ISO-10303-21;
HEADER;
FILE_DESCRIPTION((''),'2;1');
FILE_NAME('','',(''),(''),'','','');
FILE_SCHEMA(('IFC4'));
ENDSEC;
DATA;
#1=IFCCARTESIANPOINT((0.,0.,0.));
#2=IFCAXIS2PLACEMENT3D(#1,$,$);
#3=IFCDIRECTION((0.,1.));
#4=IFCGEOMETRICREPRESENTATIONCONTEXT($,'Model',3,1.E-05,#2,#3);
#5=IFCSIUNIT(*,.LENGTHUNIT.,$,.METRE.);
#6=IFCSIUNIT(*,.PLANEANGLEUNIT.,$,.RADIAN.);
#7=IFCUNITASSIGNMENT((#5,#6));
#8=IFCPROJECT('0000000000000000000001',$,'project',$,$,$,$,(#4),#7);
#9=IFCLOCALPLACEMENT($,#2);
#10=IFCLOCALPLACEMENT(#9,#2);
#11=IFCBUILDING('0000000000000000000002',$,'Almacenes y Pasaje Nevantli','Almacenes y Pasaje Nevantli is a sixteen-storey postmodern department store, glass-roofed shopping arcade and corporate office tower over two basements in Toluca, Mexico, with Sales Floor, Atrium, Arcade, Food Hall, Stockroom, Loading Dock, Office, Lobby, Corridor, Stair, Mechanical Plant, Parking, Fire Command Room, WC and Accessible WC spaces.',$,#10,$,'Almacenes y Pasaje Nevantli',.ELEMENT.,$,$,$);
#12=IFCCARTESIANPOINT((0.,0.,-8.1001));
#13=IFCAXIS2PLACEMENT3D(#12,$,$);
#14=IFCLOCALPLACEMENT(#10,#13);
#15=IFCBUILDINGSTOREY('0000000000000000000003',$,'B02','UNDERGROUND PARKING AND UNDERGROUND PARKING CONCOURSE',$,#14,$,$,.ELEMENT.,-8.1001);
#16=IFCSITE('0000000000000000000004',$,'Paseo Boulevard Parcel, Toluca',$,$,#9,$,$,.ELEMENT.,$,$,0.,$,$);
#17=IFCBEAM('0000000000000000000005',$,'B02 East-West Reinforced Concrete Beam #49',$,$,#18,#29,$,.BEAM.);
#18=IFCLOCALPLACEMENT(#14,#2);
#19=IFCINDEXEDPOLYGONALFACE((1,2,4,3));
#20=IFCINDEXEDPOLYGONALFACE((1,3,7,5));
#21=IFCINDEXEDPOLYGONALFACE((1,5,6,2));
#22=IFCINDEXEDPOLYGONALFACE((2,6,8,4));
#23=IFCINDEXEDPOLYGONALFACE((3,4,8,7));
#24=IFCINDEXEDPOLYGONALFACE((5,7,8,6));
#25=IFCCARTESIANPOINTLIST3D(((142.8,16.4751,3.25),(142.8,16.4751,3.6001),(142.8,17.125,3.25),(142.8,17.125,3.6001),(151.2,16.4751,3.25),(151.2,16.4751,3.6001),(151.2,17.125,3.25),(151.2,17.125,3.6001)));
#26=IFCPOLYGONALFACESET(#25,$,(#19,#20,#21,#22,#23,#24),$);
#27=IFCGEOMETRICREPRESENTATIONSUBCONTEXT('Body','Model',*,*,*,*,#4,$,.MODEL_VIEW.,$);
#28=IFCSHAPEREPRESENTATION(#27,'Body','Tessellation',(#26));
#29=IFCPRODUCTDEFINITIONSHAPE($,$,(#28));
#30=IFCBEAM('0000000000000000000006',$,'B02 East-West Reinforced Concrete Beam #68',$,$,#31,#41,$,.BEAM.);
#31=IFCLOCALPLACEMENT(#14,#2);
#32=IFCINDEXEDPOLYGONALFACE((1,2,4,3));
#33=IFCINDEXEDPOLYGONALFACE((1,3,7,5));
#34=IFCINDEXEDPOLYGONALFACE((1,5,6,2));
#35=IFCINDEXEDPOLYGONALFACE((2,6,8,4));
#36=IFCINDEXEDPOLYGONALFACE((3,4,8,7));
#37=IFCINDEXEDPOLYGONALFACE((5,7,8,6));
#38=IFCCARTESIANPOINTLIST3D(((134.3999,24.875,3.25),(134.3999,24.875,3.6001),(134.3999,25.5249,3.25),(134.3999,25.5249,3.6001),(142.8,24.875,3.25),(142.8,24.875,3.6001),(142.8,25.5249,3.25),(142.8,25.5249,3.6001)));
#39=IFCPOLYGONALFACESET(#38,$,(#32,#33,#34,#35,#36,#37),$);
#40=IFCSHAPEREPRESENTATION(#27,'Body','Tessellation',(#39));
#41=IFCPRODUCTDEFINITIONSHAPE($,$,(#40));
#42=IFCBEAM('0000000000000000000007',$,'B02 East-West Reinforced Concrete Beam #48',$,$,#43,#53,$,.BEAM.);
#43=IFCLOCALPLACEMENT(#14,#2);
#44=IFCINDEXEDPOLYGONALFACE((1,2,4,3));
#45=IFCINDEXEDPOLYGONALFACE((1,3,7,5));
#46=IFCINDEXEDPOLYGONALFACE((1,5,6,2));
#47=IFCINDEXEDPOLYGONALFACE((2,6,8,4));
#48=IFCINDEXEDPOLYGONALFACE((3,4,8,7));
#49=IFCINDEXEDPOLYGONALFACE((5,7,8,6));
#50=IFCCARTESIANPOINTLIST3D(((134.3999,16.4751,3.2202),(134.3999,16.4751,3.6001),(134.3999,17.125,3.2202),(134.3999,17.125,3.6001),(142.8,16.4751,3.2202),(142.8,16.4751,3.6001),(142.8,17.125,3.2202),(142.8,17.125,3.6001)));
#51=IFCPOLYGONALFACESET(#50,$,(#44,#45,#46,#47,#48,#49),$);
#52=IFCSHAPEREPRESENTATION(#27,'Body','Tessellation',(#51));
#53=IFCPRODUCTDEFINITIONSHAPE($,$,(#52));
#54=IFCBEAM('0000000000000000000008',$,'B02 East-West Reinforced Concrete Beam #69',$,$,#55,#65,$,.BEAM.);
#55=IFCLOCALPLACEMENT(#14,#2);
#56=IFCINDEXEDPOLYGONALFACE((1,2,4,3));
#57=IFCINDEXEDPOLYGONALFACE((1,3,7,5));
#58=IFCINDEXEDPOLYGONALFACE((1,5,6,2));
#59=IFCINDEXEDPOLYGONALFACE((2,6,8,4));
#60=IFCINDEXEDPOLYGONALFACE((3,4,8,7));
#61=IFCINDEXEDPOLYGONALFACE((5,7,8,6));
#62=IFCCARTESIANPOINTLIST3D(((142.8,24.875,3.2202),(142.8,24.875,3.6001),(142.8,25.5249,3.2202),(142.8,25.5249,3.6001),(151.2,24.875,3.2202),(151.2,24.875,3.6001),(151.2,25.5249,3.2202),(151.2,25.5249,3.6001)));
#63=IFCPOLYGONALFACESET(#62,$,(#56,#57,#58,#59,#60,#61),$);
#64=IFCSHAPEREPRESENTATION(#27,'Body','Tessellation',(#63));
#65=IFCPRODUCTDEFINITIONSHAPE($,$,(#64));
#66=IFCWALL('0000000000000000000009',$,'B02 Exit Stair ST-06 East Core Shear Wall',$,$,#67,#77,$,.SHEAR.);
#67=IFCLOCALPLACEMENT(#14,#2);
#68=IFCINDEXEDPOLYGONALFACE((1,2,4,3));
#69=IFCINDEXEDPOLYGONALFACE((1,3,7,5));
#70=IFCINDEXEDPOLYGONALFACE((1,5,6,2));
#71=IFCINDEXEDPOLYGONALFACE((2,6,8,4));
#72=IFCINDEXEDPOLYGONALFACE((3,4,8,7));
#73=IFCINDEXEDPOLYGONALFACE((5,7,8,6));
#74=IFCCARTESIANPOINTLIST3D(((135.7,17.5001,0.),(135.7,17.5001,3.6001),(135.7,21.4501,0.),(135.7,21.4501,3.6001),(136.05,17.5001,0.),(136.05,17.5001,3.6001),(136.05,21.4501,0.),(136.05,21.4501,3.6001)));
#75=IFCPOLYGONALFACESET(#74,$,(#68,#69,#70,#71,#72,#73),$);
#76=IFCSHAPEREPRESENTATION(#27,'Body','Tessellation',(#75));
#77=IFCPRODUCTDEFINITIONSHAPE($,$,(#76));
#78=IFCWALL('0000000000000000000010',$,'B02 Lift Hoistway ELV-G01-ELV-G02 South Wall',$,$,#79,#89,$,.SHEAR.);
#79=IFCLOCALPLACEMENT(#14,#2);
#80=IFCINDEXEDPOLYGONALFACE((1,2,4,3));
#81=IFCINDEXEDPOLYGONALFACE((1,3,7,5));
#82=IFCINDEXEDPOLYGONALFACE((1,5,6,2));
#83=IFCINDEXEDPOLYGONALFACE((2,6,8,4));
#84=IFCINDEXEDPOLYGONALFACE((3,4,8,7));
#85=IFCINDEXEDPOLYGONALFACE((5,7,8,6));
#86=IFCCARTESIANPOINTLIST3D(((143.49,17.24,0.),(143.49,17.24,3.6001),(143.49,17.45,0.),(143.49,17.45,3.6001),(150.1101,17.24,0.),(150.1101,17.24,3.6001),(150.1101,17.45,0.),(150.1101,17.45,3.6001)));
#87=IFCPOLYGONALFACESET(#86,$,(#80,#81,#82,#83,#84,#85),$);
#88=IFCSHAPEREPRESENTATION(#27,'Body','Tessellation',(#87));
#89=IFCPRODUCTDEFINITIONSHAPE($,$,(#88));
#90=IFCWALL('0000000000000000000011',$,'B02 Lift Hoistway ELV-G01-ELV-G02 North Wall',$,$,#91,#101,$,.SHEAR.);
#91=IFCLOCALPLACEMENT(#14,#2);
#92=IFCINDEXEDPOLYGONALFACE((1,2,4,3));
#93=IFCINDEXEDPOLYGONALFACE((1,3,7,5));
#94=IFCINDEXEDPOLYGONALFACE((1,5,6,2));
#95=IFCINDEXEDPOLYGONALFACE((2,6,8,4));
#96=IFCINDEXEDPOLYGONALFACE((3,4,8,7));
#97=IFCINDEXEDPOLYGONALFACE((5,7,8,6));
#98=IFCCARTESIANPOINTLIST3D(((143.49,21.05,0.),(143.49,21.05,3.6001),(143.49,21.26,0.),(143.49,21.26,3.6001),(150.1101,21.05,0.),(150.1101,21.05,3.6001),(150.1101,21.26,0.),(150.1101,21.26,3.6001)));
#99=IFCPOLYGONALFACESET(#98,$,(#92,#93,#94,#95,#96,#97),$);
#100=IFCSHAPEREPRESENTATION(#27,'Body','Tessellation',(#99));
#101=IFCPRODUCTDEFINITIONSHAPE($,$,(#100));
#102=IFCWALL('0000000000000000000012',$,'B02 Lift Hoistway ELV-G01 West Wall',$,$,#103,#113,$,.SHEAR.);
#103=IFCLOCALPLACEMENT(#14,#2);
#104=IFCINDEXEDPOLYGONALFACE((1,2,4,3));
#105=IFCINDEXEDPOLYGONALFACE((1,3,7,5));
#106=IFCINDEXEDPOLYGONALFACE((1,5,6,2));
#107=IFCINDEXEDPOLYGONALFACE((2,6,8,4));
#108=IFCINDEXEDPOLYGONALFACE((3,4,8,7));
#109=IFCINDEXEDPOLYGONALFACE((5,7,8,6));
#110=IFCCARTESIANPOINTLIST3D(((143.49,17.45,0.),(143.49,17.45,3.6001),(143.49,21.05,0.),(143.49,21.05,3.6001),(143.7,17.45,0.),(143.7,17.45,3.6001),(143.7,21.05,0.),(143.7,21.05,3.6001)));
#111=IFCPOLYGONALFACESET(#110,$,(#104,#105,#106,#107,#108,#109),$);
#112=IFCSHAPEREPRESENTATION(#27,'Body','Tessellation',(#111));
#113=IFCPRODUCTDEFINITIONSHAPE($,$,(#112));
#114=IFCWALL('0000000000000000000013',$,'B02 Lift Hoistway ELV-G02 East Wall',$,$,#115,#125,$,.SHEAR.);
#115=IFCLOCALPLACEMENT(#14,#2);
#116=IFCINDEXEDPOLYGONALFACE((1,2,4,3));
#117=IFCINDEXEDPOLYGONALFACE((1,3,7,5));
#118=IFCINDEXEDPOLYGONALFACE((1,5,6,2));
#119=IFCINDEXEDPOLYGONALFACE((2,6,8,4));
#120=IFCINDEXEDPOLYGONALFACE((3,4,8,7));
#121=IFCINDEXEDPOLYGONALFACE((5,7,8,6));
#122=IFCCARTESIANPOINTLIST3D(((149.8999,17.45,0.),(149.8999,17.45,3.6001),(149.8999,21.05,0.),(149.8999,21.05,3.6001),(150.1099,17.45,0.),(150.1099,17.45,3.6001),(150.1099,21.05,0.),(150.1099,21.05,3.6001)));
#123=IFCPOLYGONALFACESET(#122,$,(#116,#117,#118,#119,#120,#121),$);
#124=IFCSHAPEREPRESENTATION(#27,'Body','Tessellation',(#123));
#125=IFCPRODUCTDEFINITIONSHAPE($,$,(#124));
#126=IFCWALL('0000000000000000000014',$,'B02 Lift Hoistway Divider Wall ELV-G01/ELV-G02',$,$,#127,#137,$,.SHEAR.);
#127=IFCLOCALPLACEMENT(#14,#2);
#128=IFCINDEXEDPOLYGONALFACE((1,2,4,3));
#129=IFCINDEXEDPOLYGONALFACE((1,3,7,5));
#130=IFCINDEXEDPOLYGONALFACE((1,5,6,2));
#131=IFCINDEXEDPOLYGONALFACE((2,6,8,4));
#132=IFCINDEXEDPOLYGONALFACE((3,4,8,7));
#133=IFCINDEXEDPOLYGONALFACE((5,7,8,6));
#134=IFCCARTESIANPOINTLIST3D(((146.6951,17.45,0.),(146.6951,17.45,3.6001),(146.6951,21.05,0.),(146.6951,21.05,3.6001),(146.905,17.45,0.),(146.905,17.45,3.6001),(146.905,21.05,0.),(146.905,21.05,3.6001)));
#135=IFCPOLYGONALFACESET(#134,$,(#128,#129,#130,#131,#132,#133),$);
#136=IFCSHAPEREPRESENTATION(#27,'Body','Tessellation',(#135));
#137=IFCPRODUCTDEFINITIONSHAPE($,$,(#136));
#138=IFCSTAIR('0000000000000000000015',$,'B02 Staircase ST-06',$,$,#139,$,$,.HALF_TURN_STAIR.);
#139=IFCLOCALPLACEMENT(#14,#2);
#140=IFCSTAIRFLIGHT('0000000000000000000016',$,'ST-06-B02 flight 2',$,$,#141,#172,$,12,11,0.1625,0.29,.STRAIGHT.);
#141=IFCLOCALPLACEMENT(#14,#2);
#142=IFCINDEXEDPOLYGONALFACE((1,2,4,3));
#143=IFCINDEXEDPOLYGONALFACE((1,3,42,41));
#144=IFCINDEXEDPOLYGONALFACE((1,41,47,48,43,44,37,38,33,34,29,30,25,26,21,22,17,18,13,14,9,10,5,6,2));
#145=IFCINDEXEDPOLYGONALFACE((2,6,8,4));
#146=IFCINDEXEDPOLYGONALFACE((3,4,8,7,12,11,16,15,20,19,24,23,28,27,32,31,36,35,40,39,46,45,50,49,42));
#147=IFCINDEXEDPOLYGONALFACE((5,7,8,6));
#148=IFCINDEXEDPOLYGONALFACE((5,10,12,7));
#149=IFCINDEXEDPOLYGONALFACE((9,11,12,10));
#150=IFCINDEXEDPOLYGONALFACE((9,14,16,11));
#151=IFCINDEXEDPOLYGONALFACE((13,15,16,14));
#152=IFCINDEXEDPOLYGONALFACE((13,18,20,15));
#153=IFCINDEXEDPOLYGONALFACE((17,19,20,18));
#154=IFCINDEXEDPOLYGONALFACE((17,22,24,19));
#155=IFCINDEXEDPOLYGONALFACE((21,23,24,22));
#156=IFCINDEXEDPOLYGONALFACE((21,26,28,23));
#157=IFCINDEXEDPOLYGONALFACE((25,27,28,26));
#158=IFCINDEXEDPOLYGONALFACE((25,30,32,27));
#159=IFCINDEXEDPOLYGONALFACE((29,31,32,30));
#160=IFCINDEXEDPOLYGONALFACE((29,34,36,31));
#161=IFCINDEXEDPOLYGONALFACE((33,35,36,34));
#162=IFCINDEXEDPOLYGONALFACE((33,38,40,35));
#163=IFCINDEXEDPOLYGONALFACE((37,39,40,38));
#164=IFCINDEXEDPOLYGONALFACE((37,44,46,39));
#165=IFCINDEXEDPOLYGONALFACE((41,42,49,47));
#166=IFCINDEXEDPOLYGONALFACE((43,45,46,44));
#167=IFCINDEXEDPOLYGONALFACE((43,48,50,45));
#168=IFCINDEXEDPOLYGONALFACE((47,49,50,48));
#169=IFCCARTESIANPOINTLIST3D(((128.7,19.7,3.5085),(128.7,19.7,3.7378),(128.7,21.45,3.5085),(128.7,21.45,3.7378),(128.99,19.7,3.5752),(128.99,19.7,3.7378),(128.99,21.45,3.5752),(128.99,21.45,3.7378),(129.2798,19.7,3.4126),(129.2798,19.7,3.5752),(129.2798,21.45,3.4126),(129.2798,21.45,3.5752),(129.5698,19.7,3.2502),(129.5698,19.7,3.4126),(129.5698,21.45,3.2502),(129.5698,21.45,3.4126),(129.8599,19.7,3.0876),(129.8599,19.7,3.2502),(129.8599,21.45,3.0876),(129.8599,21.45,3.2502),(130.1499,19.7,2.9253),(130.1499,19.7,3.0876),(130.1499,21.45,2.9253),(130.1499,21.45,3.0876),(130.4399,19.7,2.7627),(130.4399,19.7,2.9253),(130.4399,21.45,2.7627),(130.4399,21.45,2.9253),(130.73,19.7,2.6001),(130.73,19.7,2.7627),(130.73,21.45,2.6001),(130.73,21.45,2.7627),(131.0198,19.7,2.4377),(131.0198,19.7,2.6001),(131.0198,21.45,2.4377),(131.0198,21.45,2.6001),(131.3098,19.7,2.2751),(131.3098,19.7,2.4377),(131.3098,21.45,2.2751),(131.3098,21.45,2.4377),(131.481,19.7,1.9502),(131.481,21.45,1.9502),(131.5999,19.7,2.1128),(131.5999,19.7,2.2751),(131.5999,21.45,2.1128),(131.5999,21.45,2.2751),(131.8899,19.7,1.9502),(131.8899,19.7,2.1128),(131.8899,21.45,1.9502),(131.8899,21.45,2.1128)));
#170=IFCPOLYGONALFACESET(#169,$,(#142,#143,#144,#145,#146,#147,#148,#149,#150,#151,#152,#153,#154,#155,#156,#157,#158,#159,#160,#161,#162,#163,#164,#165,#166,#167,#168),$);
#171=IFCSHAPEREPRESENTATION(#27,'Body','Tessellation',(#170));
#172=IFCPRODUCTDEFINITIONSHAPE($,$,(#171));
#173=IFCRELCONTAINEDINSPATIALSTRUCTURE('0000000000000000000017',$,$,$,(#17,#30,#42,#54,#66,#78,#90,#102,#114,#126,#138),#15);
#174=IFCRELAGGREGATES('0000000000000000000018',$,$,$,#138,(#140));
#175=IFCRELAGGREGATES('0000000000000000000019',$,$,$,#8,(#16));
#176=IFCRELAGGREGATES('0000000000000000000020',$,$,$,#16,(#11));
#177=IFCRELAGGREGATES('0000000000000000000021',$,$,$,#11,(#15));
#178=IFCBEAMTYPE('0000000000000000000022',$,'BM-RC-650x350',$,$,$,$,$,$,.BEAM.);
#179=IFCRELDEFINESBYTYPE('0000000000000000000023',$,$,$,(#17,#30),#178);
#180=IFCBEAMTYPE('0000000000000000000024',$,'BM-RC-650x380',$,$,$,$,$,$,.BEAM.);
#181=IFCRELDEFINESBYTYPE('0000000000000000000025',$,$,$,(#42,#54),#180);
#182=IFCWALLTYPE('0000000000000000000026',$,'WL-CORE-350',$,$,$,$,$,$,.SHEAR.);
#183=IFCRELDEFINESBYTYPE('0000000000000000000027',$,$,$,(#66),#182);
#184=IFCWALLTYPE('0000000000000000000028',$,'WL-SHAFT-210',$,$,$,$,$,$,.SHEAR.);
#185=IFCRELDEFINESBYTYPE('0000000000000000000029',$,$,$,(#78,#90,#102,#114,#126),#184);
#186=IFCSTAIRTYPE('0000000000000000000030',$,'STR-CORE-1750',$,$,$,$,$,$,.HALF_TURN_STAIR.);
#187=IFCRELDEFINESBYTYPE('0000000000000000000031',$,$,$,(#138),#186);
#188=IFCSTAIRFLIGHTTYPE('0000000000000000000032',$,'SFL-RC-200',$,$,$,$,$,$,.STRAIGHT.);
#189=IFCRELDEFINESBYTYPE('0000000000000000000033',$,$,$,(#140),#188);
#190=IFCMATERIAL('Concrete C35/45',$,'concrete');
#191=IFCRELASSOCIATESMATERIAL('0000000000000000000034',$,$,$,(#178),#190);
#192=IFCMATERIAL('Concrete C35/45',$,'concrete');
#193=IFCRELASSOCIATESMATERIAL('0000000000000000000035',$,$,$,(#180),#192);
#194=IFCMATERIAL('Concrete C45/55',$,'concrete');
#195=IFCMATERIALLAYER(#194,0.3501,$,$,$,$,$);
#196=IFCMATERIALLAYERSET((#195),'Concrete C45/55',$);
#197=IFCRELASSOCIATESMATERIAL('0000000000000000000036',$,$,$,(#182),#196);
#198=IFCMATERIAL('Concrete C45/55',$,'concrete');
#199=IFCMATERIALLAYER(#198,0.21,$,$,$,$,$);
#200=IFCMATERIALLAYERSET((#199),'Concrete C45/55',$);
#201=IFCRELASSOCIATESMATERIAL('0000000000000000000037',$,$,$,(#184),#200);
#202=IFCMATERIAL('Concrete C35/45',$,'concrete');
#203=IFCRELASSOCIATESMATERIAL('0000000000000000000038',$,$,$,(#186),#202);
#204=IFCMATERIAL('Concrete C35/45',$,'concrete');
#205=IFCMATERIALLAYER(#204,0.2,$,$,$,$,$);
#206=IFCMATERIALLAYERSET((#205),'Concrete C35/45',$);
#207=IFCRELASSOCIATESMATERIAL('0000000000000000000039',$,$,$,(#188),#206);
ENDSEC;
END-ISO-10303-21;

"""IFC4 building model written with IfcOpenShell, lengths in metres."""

from ifc_helpers import new_model, si_unit, direction, frame, frame_2d, origin, origin_2d, place, context, subcontext, project, spatial, polyline, rectangle, outline, extrude, material, layer, layer_set, material_profile, profile_set, type_object, element, aggregate, save


model = new_model("IFC4")

# Units and contexts
model_context = context("Model", 3, precision=1e-05, world=origin(), true_north=direction((0.0, 1.0)))
body_context = subcontext(model_context, "Body", "Model", "MODEL_VIEW")
ifc_project = project(units=[si_unit("LENGTHUNIT", "METRE"), si_unit("PLANEANGLEUNIT", "RADIAN")], contexts=[model_context])

# Site, building, storey
site_placement = place(None, origin())
site = spatial("IfcSite", under=ifc_project, at=site_placement, Name="Paseo Boulevard Parcel, Toluca", CompositionType="ELEMENT", RefElevation=0.0)
building_placement = place(site_placement, origin())
building = spatial("IfcBuilding", under=site, at=building_placement, Name="Almacenes y Pasaje Nevantli", Description="Almacenes y Pasaje Nevantli is a sixteen-storey postmodern department store, glass-roofed shopping arcade and corporate office tower over two basements in Toluca, Mexico, with Sales Floor, Atrium, Arcade, Food Hall, Stockroom, Loading Dock, Office, Lobby, Corridor, Stair, Mechanical Plant, Parking, Fire Command Room, WC and Accessible WC spaces.", LongName="Almacenes y Pasaje Nevantli", CompositionType="ELEMENT")
storey_placement = place(building_placement, frame((0.0, 0.0, -8.1001)))
storey = spatial("IfcBuildingStorey", under=building, at=storey_placement, Name="B02", Description="UNDERGROUND PARKING AND UNDERGROUND PARKING CONCOURSE", CompositionType="ELEMENT", Elevation=-8.1001)

# Beams
ifc_material_1 = material(Name="Concrete C35/45", Category="concrete")
ifc_material_profile_1 = material_profile(ifc_material_1, rectangle(XDim=0.6499, YDim=0.3501, at=origin_2d()), Name="RC-BM-650x350")
ifc_profile_set_1 = profile_set([ifc_material_profile_1], Name="Concrete C35/45")
beam_type_1 = type_object("IfcBeamType", Name="BM-RC-650x350", PredefinedType="BEAM", material=ifc_profile_set_1)
beam_1_placement = place(storey_placement, frame((142.8, 16.8, 3.425), z_axis=(1.0, 0.0, 0.0), x_axis=(0.0, 1.0, 0.0)))
element("IfcBeam", 1, at=beam_1_placement, inside=storey, type_object=beam_type_1, Name="B02 East-West Reinforced Concrete Beam #49", PredefinedType="BEAM", context=body_context, shape_type="SweptSolid", body=[
    extrude(rectangle(XDim=0.6499, YDim=0.3501, at=origin_2d()), origin(), (0.0, 0.0, 1.0), 8.3999),
])
beam_2_placement = place(storey_placement, frame((134.3999, 25.2, 3.425), z_axis=(1.0, 0.0, 0.0), x_axis=(0.0, 1.0, 0.0)))
element("IfcBeam", 2, at=beam_2_placement, inside=storey, type_object=beam_type_1, Name="B02 East-West Reinforced Concrete Beam #68", PredefinedType="BEAM", context=body_context, shape_type="SweptSolid", body=[
    extrude(rectangle(XDim=0.6499, YDim=0.3501, at=origin_2d()), origin(), (0.0, 0.0, 1.0), 8.4001),
])
ifc_material_2 = material(Name="Concrete C35/45", Category="concrete")
ifc_material_profile_2 = material_profile(ifc_material_2, rectangle(XDim=0.6499, YDim=0.3799, at=origin_2d()), Name="RC-BM-650x380")
ifc_profile_set_2 = profile_set([ifc_material_profile_2], Name="Concrete C35/45")
beam_type_2 = type_object("IfcBeamType", Name="BM-RC-650x380", PredefinedType="BEAM", material=ifc_profile_set_2)
beam_3_placement = place(storey_placement, frame((134.3999, 16.8, 3.4102), z_axis=(1.0, 0.0, 0.0), x_axis=(0.0, 1.0, 0.0)))
element("IfcBeam", 3, at=beam_3_placement, inside=storey, type_object=beam_type_2, Name="B02 East-West Reinforced Concrete Beam #48", PredefinedType="BEAM", context=body_context, shape_type="SweptSolid", body=[
    extrude(rectangle(XDim=0.6499, YDim=0.3799, at=origin_2d()), origin(), (0.0, 0.0, 1.0), 8.4001),
])
beam_4_placement = place(storey_placement, frame((142.8, 25.2, 3.4102), z_axis=(1.0, 0.0, 0.0), x_axis=(0.0, 1.0, 0.0)))
element("IfcBeam", 4, at=beam_4_placement, inside=storey, type_object=beam_type_2, Name="B02 East-West Reinforced Concrete Beam #69", PredefinedType="BEAM", context=body_context, shape_type="SweptSolid", body=[
    extrude(rectangle(XDim=0.6499, YDim=0.3799, at=origin_2d()), origin(), (0.0, 0.0, 1.0), 8.3999),
])

# Walls
ifc_material_3 = material(Name="Concrete C45/55", Category="concrete")
ifc_layer_1 = layer(ifc_material_3, 0.3501)
ifc_layer_set_1 = layer_set([ifc_layer_1], Name="Concrete C45/55")
wall_type_1 = type_object("IfcWallType", Name="WL-CORE-350", PredefinedType="SHEAR", material=ifc_layer_set_1)
wall_placement = place(storey_placement, frame((135.875, 17.5, 0.0), z_axis=(0.0, 0.0, 1.0), x_axis=(0.0, 1.0, 0.0)))
element("IfcWall", 5, at=wall_placement, inside=storey, type_object=wall_type_1, Name="B02 Exit Stair ST-06 East Core Shear Wall", PredefinedType="SHEAR", context=body_context, shape_type="SweptSolid", body=[
    extrude(rectangle(XDim=3.95, YDim=0.3501, at=frame_2d((1.9751, 0.0))), origin(), (0.0, 0.0, 1.0), 3.6001),
])
ifc_material_4 = material(Name="Concrete C45/55", Category="concrete")
ifc_layer_2 = layer(ifc_material_4, 0.21)
ifc_layer_set_2 = layer_set([ifc_layer_2], Name="Concrete C45/55")
wall_type_2 = type_object("IfcWallType", Name="WL-SHAFT-210", PredefinedType="SHEAR", material=ifc_layer_set_2)
for number, where, z_axis, x_axis, name in (
    (6, (143.49, 17.345, 0.0), (0.0, 0.0, 1.0), (1.0, 0.0, 0.0), "B02 Lift Hoistway ELV-G01-ELV-G02 South Wall"),
    (7, (143.49, 21.155, 0.0), (0.0, 0.0, 1.0), (1.0, 0.0, 0.0), "B02 Lift Hoistway ELV-G01-ELV-G02 North Wall"),
):
    element("IfcWall", number, at=place(storey_placement, frame(where, z_axis=z_axis, x_axis=x_axis)), inside=storey, type_object=wall_type_2, Name=name, PredefinedType="SHEAR", context=body_context, shape_type="SweptSolid", body=[
        extrude(rectangle(XDim=6.6201, YDim=0.21, at=frame_2d((3.3101, 0.0))), origin(), (0.0, 0.0, 1.0), 3.6001),
    ])
for number, where, z_axis, x_axis, name in (
    (8, (143.595, 17.45, 0.0), (0.0, 0.0, 1.0), (0.0, 1.0, 0.0), "B02 Lift Hoistway ELV-G01 West Wall"),
    (9, (150.0049, 17.45, 0.0), (0.0, 0.0, 1.0), (0.0, 1.0, 0.0), "B02 Lift Hoistway ELV-G02 East Wall"),
    (10, (146.8, 17.45, 0.0), (0.0, 0.0, 1.0), (0.0, 1.0, 0.0), "B02 Lift Hoistway Divider Wall ELV-G01/ELV-G02"),
):
    element("IfcWall", number, at=place(storey_placement, frame(where, z_axis=z_axis, x_axis=x_axis)), inside=storey, type_object=wall_type_2, Name=name, PredefinedType="SHEAR", context=body_context, shape_type="SweptSolid", body=[
        extrude(rectangle(XDim=3.6001, YDim=0.21, at=frame_2d((1.8, 0.0))), origin(), (0.0, 0.0, 1.0), 3.6001),
    ])

# Stair, stair flight
ifc_material_5 = material(Name="Concrete C35/45", Category="concrete")
stair_type = type_object("IfcStairType", Name="STR-CORE-1750", PredefinedType="HALF_TURN_STAIR", material=ifc_material_5)
stair_placement = place(storey_placement, origin())
stair = element("IfcStair", 11, at=stair_placement, inside=storey, type_object=stair_type, Name="B02 Staircase ST-06", PredefinedType="HALF_TURN_STAIR")
ifc_material_6 = material(Name="Concrete C35/45", Category="concrete")
ifc_layer_3 = layer(ifc_material_6, 0.2)
ifc_layer_set_3 = layer_set([ifc_layer_3], Name="Concrete C35/45")
stair_flight_type = type_object("IfcStairFlightType", Name="SFL-RC-200", PredefinedType="STRAIGHT", material=ifc_layer_set_3)
stair_flight_placement = place(storey_placement, frame((131.8899, 20.575, 1.9502), z_axis=(0.0, 0.0, 1.0), x_axis=(-1.0, 0.0, 0.0)))
stair_flight = element("IfcStairFlight", 12, at=stair_flight_placement, type_object=stair_flight_type, Name="ST-06-B02 flight 2", NumberOfRisers=12, NumberOfTreads=11, PredefinedType="STRAIGHT", RiserHeight=0.1625, TreadLength=0.29, context=body_context, shape_type="SweptSolid", body=[
    extrude(outline(polyline([(0.0, 0.0), (0.0, 0.1626), (0.29, 0.1626), (0.29, 0.325), (0.5801, 0.325), (0.5801, 0.4875), (0.8701, 0.4875), (0.8701, 0.6499), (1.1599, 0.6499), (1.1599, 0.8125), (1.45, 0.8125), (1.45, 0.9751), (1.74, 0.9751), (1.74, 1.1375), (2.03, 1.1375), (2.03, 1.3), (2.3201, 1.3), (2.3201, 1.4624), (2.6101, 1.4624), (2.6101, 1.625), (2.8999, 1.625), (2.8999, 1.7876), (3.1899, 1.7876), (3.1899, 1.95), (3.1899, 1.5583), (0.4089, 0.0), (0.0, 0.0)])), frame((0.0, 0.875, 0.0), z_axis=(0.0, -1.0, 0.0), x_axis=(1.0, 0.0, 0.0)), (0.0, 0.0, 1.0), 1.75),
])
aggregate(stair, [stair_flight])

save(model, "model.ifc")
